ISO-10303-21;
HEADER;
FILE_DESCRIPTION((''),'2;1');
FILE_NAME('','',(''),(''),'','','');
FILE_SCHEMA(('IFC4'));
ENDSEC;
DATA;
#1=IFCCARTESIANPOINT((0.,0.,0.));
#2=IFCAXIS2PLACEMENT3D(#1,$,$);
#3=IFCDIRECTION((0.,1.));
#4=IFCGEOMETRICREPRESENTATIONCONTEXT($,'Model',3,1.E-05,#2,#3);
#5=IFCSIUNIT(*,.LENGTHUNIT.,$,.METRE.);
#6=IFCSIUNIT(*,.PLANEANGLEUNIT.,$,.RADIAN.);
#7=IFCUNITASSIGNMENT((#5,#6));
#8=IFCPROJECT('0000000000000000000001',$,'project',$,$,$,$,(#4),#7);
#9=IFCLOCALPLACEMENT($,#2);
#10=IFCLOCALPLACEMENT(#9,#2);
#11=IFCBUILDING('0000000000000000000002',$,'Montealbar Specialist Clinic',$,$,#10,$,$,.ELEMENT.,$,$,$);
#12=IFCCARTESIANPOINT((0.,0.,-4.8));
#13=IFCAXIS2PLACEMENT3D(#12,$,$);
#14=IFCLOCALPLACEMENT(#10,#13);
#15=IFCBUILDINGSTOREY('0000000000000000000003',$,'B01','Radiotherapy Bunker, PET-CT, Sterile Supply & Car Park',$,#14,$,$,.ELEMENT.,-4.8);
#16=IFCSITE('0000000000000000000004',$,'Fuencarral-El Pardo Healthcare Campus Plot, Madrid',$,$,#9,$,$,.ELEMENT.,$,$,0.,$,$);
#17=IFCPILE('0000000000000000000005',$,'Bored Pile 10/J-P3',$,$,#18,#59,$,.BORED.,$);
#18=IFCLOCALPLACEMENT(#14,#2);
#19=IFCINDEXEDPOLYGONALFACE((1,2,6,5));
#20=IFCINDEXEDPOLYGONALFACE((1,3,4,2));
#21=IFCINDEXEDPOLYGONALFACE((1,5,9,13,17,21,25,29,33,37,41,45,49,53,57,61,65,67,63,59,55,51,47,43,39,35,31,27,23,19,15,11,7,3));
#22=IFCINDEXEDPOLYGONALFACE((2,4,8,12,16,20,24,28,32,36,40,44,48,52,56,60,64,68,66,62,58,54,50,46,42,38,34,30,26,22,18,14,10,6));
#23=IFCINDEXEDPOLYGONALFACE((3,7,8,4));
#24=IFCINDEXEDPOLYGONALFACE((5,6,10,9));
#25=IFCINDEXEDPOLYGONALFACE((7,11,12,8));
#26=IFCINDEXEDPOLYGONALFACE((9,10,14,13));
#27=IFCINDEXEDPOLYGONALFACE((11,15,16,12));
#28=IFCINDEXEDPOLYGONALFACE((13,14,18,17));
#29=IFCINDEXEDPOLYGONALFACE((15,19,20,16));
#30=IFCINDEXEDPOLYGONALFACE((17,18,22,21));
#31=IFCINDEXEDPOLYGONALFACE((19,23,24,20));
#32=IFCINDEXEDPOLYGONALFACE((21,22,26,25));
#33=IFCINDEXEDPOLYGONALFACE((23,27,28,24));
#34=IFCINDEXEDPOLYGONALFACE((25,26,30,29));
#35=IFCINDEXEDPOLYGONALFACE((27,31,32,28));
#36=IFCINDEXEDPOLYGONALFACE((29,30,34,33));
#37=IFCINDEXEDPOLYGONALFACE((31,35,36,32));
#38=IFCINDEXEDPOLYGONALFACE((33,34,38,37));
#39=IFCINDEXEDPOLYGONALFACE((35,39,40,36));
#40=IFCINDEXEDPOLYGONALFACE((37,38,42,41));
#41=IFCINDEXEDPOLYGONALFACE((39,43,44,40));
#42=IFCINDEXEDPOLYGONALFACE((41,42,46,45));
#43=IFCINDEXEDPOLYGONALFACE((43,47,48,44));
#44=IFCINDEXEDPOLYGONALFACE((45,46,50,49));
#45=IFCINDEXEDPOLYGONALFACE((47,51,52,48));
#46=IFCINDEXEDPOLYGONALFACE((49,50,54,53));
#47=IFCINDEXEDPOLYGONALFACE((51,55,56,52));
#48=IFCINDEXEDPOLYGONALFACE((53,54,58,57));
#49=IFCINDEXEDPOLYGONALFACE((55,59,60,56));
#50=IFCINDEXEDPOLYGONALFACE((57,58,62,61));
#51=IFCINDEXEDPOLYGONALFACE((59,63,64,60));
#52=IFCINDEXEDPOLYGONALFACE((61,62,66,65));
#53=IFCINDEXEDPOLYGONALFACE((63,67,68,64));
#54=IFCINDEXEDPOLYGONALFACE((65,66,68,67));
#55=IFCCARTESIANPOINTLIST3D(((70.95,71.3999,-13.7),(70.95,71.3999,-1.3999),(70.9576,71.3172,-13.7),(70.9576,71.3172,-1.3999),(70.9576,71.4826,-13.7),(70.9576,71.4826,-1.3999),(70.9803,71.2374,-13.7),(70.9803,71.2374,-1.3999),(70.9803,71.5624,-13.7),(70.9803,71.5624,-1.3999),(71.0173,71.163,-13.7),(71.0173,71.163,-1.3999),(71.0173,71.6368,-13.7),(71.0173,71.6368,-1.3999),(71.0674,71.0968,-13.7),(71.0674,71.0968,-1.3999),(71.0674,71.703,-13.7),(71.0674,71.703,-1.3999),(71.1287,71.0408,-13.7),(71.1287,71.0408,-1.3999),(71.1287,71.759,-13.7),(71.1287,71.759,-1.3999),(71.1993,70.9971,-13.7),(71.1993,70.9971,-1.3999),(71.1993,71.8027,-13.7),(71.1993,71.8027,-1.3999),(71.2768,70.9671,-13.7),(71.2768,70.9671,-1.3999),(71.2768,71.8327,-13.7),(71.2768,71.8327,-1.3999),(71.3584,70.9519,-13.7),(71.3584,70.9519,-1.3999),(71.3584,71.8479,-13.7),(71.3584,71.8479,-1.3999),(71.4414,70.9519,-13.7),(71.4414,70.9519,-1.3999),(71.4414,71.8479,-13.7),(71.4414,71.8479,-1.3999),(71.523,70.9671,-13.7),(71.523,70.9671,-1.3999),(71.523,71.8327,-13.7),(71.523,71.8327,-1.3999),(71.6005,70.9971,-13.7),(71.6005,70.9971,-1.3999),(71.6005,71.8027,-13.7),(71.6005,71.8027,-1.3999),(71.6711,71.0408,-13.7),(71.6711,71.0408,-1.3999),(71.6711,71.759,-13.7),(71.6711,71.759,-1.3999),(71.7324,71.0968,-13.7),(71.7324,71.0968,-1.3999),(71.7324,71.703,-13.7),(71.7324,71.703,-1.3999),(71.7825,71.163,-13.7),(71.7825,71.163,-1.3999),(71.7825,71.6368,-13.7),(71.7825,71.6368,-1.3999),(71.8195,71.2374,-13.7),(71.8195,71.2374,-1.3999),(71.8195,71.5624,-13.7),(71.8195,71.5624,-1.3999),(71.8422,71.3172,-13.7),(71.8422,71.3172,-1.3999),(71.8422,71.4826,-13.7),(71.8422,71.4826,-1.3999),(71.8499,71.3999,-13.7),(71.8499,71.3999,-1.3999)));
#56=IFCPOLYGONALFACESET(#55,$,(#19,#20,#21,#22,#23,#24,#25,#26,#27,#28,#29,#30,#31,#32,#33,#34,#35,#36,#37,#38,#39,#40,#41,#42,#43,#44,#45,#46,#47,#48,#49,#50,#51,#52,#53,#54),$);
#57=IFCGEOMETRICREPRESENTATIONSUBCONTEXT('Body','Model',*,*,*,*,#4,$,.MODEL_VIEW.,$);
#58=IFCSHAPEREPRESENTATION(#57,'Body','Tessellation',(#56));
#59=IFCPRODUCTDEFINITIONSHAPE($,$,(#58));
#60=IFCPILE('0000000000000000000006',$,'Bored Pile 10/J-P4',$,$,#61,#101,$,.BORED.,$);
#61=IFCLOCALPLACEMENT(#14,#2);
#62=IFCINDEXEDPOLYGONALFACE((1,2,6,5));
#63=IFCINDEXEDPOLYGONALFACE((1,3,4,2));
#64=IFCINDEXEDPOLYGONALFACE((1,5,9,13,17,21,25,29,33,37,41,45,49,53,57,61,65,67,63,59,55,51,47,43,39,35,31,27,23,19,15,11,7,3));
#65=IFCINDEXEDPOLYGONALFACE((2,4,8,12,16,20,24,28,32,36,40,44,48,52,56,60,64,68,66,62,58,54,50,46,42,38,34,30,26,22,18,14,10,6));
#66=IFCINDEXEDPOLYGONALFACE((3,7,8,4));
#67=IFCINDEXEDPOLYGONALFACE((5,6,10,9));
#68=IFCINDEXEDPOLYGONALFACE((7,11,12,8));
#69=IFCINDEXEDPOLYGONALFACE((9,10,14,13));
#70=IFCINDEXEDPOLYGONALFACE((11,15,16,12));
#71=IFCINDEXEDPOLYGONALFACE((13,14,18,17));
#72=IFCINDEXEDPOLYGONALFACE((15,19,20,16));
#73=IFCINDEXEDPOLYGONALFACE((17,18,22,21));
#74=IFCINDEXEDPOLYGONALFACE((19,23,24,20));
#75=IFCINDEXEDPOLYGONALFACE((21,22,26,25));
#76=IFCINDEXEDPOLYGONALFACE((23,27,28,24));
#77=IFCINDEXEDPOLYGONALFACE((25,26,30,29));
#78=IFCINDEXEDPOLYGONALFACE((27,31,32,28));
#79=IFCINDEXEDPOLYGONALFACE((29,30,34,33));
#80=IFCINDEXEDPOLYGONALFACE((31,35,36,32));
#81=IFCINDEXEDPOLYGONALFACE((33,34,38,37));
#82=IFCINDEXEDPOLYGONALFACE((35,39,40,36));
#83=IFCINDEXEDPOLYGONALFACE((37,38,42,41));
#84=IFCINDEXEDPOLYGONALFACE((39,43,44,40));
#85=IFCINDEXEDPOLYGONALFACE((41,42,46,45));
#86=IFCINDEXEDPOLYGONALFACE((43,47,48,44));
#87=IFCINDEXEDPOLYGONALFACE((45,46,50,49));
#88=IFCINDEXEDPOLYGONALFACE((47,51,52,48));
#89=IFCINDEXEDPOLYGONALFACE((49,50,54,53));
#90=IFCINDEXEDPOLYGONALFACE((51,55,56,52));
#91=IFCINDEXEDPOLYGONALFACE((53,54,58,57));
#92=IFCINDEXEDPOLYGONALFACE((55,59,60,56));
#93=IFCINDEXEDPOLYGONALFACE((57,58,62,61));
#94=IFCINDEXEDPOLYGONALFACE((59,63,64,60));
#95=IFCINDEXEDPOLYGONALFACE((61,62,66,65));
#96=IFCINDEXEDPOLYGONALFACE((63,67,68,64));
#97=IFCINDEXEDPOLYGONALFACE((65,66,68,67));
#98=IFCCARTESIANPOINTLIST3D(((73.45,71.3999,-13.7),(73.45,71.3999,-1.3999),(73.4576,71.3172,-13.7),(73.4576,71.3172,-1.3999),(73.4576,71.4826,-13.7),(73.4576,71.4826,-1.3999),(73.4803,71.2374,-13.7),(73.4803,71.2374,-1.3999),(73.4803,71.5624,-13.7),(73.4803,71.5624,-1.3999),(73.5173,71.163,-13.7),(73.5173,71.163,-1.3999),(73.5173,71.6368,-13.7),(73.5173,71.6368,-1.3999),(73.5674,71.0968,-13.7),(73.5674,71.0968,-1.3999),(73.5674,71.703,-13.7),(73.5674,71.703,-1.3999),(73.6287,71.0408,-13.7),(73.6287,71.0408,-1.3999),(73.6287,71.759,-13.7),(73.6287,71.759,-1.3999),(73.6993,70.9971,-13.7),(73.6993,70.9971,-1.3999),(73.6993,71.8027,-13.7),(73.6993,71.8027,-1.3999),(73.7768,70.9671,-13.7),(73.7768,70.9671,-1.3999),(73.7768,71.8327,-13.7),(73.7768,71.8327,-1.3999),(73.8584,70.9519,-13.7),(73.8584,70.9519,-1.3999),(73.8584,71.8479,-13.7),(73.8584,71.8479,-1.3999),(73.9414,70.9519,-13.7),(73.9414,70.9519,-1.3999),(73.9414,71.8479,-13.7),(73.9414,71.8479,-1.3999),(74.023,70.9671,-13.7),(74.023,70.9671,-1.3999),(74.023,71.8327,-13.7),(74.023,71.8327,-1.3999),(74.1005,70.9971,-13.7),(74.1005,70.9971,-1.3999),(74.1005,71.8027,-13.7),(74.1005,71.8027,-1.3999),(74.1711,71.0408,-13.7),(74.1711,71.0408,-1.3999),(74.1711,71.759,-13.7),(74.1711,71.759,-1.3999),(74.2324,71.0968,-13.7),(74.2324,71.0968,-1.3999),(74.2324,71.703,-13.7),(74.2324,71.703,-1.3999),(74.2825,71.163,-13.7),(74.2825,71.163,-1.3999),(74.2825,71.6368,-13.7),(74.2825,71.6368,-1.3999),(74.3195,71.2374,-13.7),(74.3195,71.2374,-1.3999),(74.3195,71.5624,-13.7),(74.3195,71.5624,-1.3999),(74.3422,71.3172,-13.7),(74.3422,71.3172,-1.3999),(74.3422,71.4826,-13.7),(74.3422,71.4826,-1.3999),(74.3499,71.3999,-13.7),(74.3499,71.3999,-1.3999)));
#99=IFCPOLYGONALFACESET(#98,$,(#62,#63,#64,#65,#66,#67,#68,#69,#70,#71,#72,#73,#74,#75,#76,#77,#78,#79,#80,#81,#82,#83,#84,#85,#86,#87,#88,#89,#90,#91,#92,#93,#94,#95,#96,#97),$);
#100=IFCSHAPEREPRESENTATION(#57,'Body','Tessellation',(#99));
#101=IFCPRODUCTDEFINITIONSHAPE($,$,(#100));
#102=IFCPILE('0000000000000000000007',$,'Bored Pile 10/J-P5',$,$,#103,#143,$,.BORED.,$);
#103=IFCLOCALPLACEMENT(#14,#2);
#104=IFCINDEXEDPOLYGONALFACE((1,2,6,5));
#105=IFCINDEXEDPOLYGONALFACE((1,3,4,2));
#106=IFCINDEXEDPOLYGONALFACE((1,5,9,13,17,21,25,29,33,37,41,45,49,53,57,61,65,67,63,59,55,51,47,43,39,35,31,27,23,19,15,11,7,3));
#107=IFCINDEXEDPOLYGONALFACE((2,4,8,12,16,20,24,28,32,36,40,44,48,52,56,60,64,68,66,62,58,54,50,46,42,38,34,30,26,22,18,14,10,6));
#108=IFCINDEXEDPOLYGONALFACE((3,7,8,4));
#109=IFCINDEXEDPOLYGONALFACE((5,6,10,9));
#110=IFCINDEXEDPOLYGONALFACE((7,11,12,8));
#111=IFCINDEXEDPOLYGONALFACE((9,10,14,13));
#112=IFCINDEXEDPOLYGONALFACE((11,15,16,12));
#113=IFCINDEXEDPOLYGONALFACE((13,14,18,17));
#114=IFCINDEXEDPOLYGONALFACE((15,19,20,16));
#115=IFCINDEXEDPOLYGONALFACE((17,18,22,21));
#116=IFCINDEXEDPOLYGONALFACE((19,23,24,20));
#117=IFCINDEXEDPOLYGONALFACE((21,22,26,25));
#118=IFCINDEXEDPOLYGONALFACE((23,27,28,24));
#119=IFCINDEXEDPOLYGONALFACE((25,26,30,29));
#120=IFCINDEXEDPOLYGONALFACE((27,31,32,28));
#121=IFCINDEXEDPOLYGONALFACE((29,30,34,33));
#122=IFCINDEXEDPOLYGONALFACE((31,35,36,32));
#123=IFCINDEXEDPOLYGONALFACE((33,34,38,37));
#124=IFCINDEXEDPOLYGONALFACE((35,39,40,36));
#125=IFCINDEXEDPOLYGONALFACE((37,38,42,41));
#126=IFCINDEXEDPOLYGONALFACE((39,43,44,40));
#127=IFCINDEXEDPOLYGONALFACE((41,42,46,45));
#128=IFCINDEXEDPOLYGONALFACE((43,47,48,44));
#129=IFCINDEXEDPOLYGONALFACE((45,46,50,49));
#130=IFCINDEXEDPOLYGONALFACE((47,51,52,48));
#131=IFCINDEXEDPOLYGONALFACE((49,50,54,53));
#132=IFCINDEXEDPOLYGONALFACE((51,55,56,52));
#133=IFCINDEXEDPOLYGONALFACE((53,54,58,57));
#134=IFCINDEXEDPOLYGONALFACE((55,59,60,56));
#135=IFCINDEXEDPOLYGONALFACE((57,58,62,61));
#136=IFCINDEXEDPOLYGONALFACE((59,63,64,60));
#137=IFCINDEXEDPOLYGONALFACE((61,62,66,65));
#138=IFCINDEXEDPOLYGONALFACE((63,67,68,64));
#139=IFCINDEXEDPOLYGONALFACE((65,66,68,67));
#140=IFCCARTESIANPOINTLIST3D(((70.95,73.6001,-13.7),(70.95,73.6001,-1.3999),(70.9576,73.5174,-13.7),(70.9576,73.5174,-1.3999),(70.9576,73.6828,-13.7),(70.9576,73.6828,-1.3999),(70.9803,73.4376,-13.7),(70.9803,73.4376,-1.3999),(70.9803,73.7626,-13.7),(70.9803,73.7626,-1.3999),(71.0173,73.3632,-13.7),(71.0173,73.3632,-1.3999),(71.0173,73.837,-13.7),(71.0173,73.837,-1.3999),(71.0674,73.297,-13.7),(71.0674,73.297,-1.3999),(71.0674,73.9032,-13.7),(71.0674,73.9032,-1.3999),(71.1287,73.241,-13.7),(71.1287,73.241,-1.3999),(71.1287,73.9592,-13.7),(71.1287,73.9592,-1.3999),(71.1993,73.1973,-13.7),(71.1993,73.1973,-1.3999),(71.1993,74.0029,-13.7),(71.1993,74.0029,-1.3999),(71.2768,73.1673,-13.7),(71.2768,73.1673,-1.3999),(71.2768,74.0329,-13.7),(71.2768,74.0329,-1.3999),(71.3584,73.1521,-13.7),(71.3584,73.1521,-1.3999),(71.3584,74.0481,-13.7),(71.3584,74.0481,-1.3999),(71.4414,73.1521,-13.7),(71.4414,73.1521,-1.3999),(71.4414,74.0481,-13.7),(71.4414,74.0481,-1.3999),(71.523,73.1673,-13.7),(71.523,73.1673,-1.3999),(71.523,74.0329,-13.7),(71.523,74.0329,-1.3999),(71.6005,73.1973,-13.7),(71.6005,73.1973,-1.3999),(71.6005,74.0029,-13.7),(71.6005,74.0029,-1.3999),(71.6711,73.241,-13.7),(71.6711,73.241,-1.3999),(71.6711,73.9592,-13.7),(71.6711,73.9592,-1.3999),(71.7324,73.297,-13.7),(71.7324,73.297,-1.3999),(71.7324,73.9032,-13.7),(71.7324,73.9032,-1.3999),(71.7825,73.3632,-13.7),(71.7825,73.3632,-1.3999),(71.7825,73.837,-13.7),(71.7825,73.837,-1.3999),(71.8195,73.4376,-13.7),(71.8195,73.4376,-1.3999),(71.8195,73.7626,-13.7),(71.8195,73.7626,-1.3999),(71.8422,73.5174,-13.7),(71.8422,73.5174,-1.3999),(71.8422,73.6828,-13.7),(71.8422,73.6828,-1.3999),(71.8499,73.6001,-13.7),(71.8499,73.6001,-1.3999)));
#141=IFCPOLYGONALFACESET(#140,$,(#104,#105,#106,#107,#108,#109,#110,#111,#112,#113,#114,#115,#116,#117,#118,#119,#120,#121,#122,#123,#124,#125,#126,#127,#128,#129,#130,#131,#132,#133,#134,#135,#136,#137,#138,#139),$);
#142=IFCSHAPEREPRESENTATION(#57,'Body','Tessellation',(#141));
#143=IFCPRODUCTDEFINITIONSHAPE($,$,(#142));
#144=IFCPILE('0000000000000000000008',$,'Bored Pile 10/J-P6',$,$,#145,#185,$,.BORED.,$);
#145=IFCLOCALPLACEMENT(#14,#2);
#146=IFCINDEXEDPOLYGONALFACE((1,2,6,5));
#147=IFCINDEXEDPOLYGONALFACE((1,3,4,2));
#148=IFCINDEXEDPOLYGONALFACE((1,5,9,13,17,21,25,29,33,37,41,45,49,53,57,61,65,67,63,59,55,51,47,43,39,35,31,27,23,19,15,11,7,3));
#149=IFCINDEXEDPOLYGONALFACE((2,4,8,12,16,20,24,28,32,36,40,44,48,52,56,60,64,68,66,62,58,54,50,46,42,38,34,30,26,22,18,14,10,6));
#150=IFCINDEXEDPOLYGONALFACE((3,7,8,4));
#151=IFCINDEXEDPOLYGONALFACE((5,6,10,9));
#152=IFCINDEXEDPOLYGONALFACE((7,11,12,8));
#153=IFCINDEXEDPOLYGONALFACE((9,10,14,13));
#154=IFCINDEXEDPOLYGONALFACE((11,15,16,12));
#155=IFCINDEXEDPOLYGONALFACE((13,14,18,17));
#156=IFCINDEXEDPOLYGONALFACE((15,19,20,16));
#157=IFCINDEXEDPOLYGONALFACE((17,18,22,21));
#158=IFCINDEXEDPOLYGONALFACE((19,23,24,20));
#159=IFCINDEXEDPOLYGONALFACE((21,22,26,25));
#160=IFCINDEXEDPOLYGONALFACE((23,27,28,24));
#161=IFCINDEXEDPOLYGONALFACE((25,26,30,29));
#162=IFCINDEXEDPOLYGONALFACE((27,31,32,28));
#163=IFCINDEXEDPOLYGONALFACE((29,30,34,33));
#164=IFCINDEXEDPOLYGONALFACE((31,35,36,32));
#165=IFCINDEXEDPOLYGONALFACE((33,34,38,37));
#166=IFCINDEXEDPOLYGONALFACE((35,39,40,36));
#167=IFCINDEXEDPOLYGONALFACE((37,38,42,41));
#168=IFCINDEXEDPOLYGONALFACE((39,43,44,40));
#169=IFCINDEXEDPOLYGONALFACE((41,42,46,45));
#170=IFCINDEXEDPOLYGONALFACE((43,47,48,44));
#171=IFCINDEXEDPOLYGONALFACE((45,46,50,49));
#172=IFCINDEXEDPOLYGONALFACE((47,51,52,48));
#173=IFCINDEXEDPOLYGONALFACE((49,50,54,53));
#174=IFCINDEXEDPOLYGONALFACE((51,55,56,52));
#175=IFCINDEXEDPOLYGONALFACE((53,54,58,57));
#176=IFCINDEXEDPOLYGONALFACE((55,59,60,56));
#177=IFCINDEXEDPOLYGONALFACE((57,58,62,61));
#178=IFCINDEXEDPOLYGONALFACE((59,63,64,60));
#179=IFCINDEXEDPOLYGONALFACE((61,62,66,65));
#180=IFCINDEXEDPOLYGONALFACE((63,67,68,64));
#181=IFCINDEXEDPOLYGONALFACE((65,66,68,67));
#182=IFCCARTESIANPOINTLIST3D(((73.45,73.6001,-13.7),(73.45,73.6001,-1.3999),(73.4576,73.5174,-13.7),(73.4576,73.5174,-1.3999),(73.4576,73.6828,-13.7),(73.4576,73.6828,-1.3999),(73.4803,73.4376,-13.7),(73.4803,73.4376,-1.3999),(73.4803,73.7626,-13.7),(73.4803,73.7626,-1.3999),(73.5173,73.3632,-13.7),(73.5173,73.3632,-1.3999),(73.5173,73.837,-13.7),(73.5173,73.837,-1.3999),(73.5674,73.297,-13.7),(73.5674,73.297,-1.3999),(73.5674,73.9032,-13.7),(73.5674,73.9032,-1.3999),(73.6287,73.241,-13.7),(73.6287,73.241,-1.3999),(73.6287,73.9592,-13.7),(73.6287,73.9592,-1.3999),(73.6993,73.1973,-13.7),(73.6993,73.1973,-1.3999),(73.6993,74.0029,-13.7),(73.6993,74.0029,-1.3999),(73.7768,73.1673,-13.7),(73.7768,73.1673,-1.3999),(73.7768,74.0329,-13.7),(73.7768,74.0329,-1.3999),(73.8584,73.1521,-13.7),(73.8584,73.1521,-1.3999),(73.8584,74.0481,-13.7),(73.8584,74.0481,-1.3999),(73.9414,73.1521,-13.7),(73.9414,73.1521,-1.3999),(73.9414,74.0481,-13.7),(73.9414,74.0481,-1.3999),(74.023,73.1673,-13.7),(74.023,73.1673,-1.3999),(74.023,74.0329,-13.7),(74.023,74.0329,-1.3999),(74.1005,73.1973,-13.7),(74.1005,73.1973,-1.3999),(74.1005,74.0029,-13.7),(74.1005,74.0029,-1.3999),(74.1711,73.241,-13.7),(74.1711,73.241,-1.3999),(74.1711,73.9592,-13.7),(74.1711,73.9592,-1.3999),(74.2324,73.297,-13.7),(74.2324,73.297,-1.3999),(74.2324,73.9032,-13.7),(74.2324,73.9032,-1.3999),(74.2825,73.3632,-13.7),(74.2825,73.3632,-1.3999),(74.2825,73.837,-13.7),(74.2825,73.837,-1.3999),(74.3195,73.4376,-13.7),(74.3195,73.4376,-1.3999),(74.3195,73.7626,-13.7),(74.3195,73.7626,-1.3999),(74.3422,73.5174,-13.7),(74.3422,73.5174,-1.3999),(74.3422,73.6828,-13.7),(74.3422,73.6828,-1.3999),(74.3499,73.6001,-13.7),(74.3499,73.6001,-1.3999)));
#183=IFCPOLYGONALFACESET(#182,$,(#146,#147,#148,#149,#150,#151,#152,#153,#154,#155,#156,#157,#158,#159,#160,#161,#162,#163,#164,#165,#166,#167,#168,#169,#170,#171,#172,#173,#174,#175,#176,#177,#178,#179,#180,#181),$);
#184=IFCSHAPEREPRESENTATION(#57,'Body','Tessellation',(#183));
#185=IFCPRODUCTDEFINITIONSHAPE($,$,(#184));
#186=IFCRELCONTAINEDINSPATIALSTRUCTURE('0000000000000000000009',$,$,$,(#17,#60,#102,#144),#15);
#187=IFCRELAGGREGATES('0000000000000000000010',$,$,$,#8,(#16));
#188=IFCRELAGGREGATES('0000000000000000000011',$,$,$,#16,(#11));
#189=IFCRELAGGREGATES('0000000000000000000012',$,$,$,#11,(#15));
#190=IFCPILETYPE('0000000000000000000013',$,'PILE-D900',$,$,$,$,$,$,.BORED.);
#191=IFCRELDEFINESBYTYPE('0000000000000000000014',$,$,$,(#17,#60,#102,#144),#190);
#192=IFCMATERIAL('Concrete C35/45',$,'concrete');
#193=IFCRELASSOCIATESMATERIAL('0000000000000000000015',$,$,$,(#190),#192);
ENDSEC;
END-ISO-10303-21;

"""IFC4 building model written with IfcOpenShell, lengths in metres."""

from ifc_helpers import new_model, si_unit, direction, frame, origin, origin_2d, place, context, subcontext, project, spatial, circle, extrude, material, material_profile, profile_set, type_object, element, save


model = new_model("IFC4")

# Units and contexts
model_context = context("Model", 3, precision=1e-05, world=origin(), true_north=direction((0.0, 1.0)))
body_context = subcontext(model_context, "Body", "Model", "MODEL_VIEW")
ifc_project = project(units=[si_unit("LENGTHUNIT", "METRE"), si_unit("PLANEANGLEUNIT", "RADIAN")], contexts=[model_context])

# Site, building, storey
site_placement = place(None, origin())
site = spatial("IfcSite", under=ifc_project, at=site_placement, Name="Fuencarral-El Pardo Healthcare Campus Plot, Madrid", CompositionType="ELEMENT", RefElevation=0.0)
building_placement = place(site_placement, origin())
building = spatial("IfcBuilding", under=site, at=building_placement, Name="Montealbar Specialist Clinic", CompositionType="ELEMENT")
storey_placement = place(building_placement, frame((0.0, 0.0, -4.8)))
storey = spatial("IfcBuildingStorey", under=building, at=storey_placement, Name="B01", Description="Radiotherapy Bunker, PET-CT, Sterile Supply & Car Park", CompositionType="ELEMENT", Elevation=-4.8)

# Shared definitions
ifc_material_1 = material(Name="Concrete C35/45", Category="concrete")

# Piles
ifc_material_profile_1 = material_profile(ifc_material_1, circle(Radius=0.45, at=origin_2d()), Name="PILE D900", Category="concrete")
ifc_profile_set_1 = profile_set([ifc_material_profile_1], Name="Concrete C35/45")
pile_type = type_object("IfcPileType", Name="PILE-D900", PredefinedType="BORED", material=ifc_profile_set_1)
for number, where, z_axis, x_axis, name in (
    (1, (71.3999, 71.3999, -1.3999), (0.0, 0.0, -1.0), (1.0, 0.0, 0.0), "Bored Pile 10/J-P3"),
    (2, (73.8999, 71.3999, -1.3999), (0.0, 0.0, -1.0), (1.0, 0.0, 0.0), "Bored Pile 10/J-P4"),
    (3, (71.3999, 73.6001, -1.3999), (0.0, 0.0, -1.0), (1.0, 0.0, 0.0), "Bored Pile 10/J-P5"),
    (4, (73.8999, 73.6001, -1.3999), (0.0, 0.0, -1.0), (1.0, 0.0, 0.0), "Bored Pile 10/J-P6"),
):
    element("IfcPile", number, at=place(storey_placement, frame(where, z_axis=z_axis, x_axis=x_axis)), inside=storey, type_object=pile_type, Name=name, PredefinedType="BORED", context=body_context, shape_type="SweptSolid", body=[
        extrude(circle(Radius=0.45, at=origin_2d()), origin(), (0.0, 0.0, 1.0), 12.3),
    ])

save(model, "model.ifc")
